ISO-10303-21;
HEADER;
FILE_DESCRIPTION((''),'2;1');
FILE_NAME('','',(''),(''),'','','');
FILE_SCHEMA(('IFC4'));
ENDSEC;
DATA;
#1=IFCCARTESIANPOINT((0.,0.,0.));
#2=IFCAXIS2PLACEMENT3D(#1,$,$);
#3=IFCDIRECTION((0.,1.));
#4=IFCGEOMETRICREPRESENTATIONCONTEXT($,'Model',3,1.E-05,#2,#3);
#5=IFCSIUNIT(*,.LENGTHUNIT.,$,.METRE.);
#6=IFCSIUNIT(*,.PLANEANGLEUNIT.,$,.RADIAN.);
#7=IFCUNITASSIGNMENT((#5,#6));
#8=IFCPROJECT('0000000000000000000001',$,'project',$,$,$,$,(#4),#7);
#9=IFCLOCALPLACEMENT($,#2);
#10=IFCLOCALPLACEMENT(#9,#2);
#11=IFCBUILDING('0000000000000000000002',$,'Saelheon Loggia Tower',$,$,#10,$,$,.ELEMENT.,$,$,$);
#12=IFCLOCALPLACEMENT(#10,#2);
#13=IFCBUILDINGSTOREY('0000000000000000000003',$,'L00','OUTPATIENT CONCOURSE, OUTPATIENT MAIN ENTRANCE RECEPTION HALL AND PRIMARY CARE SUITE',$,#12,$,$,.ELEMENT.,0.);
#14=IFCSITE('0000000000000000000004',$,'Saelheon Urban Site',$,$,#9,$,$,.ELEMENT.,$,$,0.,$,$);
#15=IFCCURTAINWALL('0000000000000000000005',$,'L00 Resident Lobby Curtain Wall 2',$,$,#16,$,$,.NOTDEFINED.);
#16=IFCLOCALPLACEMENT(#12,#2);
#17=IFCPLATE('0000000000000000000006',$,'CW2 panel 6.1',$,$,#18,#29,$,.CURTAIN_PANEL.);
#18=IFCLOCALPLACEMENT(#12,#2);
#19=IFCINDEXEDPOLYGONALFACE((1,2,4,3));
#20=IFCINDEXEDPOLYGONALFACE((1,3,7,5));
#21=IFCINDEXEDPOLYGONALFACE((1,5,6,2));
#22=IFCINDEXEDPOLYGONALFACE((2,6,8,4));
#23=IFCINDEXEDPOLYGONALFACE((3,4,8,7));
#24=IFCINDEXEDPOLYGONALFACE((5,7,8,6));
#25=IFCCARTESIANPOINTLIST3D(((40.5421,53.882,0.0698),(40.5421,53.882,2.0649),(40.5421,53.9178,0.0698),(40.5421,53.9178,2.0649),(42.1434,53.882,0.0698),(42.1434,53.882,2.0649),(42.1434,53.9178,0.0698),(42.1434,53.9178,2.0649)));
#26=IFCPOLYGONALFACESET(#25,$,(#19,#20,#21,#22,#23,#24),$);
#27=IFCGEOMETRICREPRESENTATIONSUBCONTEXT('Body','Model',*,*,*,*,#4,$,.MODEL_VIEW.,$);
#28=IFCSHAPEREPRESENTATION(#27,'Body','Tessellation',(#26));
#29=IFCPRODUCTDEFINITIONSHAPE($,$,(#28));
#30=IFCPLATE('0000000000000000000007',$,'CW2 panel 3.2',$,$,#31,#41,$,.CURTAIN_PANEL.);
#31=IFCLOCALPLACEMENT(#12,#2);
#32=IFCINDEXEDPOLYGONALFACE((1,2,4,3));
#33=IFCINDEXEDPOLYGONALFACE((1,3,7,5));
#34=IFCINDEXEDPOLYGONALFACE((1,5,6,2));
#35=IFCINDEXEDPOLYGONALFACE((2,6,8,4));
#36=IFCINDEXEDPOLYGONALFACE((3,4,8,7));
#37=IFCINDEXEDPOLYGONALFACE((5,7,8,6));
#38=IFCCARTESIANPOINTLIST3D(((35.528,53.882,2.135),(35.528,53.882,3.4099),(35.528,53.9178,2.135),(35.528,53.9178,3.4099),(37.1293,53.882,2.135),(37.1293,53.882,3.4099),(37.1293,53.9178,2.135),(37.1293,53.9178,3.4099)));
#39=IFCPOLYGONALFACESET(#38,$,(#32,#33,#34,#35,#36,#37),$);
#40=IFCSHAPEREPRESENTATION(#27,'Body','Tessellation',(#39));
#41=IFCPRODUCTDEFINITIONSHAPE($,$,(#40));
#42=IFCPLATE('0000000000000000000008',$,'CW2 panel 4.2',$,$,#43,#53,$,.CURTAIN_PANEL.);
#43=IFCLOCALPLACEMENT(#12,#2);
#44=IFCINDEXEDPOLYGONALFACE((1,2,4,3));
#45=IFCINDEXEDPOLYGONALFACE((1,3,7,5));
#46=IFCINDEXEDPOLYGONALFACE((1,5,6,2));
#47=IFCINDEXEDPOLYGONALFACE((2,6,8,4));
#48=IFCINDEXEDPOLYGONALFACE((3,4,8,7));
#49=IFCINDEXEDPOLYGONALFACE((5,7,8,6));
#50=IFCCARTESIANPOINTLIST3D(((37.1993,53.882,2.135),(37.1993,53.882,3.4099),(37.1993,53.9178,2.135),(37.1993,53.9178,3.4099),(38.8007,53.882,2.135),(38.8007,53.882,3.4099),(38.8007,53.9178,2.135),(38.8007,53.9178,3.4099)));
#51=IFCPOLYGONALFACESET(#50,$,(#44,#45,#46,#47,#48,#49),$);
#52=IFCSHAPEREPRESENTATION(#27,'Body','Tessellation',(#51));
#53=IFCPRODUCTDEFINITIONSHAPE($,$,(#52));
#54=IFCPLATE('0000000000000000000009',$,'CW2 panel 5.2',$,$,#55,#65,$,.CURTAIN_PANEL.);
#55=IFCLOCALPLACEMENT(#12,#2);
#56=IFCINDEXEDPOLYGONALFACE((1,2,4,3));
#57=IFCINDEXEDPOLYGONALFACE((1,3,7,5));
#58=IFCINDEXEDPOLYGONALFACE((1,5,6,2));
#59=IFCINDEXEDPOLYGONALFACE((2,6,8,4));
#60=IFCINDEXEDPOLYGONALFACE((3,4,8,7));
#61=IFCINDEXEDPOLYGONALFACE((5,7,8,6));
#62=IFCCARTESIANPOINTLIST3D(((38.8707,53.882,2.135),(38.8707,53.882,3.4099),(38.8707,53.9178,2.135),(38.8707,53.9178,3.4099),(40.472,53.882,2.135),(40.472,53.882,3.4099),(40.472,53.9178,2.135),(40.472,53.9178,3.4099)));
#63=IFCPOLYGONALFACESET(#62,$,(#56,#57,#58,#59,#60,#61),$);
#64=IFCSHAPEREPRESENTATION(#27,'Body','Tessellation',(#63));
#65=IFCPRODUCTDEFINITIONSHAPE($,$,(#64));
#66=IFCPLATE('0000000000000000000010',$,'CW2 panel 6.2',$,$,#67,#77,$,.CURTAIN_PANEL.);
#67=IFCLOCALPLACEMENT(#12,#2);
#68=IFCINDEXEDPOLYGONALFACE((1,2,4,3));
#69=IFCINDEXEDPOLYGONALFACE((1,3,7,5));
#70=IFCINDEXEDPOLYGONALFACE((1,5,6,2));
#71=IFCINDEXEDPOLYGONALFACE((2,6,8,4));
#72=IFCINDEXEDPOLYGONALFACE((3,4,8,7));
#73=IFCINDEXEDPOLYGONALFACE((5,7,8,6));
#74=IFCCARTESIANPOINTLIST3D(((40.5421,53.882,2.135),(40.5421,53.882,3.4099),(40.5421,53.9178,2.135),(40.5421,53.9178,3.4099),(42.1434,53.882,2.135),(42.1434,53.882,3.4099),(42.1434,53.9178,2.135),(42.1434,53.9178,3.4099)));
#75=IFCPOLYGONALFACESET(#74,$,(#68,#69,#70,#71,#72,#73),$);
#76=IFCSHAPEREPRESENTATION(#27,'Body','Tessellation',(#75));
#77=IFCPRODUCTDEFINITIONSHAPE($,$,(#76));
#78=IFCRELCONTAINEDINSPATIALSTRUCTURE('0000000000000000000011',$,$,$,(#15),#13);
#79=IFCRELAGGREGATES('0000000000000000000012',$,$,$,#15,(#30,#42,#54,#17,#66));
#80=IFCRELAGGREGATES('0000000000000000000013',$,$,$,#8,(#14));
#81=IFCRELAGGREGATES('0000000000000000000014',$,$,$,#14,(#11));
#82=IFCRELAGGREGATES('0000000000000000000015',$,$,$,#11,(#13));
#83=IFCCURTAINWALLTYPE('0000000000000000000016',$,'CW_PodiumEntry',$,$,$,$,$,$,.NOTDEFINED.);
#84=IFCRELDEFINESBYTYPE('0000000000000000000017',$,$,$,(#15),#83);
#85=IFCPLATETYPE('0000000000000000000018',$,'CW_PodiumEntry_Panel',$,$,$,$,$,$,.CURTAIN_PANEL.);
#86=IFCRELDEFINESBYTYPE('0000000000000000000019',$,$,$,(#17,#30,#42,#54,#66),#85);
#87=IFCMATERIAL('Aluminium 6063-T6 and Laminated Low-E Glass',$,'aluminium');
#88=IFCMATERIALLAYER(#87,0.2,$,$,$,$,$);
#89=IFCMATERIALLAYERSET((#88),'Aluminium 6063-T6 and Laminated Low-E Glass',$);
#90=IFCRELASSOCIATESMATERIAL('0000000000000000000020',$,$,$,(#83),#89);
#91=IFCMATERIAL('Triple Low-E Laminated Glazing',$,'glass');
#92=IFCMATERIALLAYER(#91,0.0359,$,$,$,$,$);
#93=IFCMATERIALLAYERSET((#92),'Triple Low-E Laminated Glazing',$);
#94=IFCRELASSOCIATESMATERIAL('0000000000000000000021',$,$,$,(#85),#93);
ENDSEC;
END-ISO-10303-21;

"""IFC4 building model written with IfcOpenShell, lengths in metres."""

from ifc_helpers import new_model, si_unit, direction, frame, origin, origin_2d, place, context, subcontext, project, spatial, rectangle, extrude, source, transform, mapped, material, layer, layer_set, type_object, element, aggregate, save


model = new_model("IFC4")

# Units and contexts
model_context = context("Model", 3, precision=1e-05, world=origin(), true_north=direction((0.0, 1.0)))
body_context = subcontext(model_context, "Body", "Model", "MODEL_VIEW")
ifc_project = project(units=[si_unit("LENGTHUNIT", "METRE"), si_unit("PLANEANGLEUNIT", "RADIAN")], contexts=[model_context])

# Site, building, storey
site_placement = place(None, origin())
site = spatial("IfcSite", under=ifc_project, at=site_placement, Name="Saelheon Urban Site", CompositionType="ELEMENT", RefElevation=0.0)
building_placement = place(site_placement, origin())
building = spatial("IfcBuilding", under=site, at=building_placement, Name="Saelheon Loggia Tower", CompositionType="ELEMENT")
storey_placement = place(building_placement, origin())
storey = spatial("IfcBuildingStorey", under=building, at=storey_placement, Name="L00", Description="OUTPATIENT CONCOURSE, OUTPATIENT MAIN ENTRANCE RECEPTION HALL AND PRIMARY CARE SUITE", CompositionType="ELEMENT", Elevation=0.0)

# Curtain wall, plates
ifc_material_1 = material(Name="Aluminium 6063-T6 and Laminated Low-E Glass", Category="aluminium")
ifc_layer_1 = layer(ifc_material_1, 0.2)
ifc_layer_set_1 = layer_set([ifc_layer_1], Name="Aluminium 6063-T6 and Laminated Low-E Glass")
curtain_wall_type = type_object("IfcCurtainWallType", Name="CW_PodiumEntry", PredefinedType="NOTDEFINED", material=ifc_layer_set_1)
curtain_wall_placement = place(storey_placement, origin())
curtain_wall = element("IfcCurtainWall", 1, at=curtain_wall_placement, inside=storey, type_object=curtain_wall_type, Name="L00 Resident Lobby Curtain Wall 2", PredefinedType="NOTDEFINED")
ifc_material_2 = material(Name="Triple Low-E Laminated Glazing", Category="glass")
ifc_layer_2 = layer(ifc_material_2, 0.0359)
ifc_layer_set_2 = layer_set([ifc_layer_2], Name="Triple Low-E Laminated Glazing")
plate_type = type_object("IfcPlateType", Name="CW_PodiumEntry_Panel", PredefinedType="CURTAIN_PANEL", material=ifc_layer_set_2)
shared_shape_1 = source(origin(), body_context, "Body", "SweptSolid", [
    extrude(rectangle(XDim=1.6013, YDim=0.0359, at=origin_2d()), origin(), (0.0, 0.0, 1.0), 1.9951),
])
plate_1_placement = place(storey_placement, frame((41.3428, 53.8999, 0.0698), z_axis=(0.0, 0.0, 1.0), x_axis=(1.0, 0.0, 0.0)))
plate_1 = element("IfcPlate", 2, at=plate_1_placement, type_object=plate_type, Name="CW2 panel 6.1", PredefinedType="CURTAIN_PANEL", context=body_context, shape_type="MappedRepresentation", body=[
    mapped(shared_shape_1, transform((0.0, 0.0, 0.0), scale=1.0)),
])
shared_shape_2 = source(origin(), body_context, "Body", "SweptSolid", [
    extrude(rectangle(XDim=1.6013, YDim=0.0359, at=origin_2d()), origin(), (0.0, 0.0, 1.0), 1.2749),
])
plate_2_placement = place(storey_placement, frame((36.3286, 53.8999, 2.135), z_axis=(0.0, 0.0, 1.0), x_axis=(1.0, 0.0, 0.0)))
plate_2 = element("IfcPlate", 3, at=plate_2_placement, type_object=plate_type, Name="CW2 panel 3.2", PredefinedType="CURTAIN_PANEL", context=body_context, shape_type="MappedRepresentation", body=[
    mapped(shared_shape_2, transform((0.0, 0.0, 0.0), scale=1.0)),
])
plate_3_placement = place(storey_placement, frame((38.0, 53.8999, 2.135), z_axis=(0.0, 0.0, 1.0), x_axis=(1.0, 0.0, 0.0)))
plate_3 = element("IfcPlate", 4, at=plate_3_placement, type_object=plate_type, Name="CW2 panel 4.2", PredefinedType="CURTAIN_PANEL", context=body_context, shape_type="MappedRepresentation", body=[
    mapped(shared_shape_2, transform((0.0, 0.0, 0.0), scale=1.0)),
])
plate_4_placement = place(storey_placement, frame((39.6714, 53.8999, 2.135), z_axis=(0.0, 0.0, 1.0), x_axis=(1.0, 0.0, 0.0)))
plate_4 = element("IfcPlate", 5, at=plate_4_placement, type_object=plate_type, Name="CW2 panel 5.2", PredefinedType="CURTAIN_PANEL", context=body_context, shape_type="MappedRepresentation", body=[
    mapped(shared_shape_2, transform((0.0, 0.0, 0.0), scale=1.0)),
])
plate_5_placement = place(storey_placement, frame((41.3428, 53.8999, 2.135), z_axis=(0.0, 0.0, 1.0), x_axis=(1.0, 0.0, 0.0)))
plate_5 = element("IfcPlate", 6, at=plate_5_placement, type_object=plate_type, Name="CW2 panel 6.2", PredefinedType="CURTAIN_PANEL", context=body_context, shape_type="MappedRepresentation", body=[
    mapped(shared_shape_2, transform((0.0, 0.0, 0.0), scale=1.0)),
])
aggregate(curtain_wall, [plate_2, plate_3, plate_4, plate_1, plate_5])

save(model, "model.ifc")
